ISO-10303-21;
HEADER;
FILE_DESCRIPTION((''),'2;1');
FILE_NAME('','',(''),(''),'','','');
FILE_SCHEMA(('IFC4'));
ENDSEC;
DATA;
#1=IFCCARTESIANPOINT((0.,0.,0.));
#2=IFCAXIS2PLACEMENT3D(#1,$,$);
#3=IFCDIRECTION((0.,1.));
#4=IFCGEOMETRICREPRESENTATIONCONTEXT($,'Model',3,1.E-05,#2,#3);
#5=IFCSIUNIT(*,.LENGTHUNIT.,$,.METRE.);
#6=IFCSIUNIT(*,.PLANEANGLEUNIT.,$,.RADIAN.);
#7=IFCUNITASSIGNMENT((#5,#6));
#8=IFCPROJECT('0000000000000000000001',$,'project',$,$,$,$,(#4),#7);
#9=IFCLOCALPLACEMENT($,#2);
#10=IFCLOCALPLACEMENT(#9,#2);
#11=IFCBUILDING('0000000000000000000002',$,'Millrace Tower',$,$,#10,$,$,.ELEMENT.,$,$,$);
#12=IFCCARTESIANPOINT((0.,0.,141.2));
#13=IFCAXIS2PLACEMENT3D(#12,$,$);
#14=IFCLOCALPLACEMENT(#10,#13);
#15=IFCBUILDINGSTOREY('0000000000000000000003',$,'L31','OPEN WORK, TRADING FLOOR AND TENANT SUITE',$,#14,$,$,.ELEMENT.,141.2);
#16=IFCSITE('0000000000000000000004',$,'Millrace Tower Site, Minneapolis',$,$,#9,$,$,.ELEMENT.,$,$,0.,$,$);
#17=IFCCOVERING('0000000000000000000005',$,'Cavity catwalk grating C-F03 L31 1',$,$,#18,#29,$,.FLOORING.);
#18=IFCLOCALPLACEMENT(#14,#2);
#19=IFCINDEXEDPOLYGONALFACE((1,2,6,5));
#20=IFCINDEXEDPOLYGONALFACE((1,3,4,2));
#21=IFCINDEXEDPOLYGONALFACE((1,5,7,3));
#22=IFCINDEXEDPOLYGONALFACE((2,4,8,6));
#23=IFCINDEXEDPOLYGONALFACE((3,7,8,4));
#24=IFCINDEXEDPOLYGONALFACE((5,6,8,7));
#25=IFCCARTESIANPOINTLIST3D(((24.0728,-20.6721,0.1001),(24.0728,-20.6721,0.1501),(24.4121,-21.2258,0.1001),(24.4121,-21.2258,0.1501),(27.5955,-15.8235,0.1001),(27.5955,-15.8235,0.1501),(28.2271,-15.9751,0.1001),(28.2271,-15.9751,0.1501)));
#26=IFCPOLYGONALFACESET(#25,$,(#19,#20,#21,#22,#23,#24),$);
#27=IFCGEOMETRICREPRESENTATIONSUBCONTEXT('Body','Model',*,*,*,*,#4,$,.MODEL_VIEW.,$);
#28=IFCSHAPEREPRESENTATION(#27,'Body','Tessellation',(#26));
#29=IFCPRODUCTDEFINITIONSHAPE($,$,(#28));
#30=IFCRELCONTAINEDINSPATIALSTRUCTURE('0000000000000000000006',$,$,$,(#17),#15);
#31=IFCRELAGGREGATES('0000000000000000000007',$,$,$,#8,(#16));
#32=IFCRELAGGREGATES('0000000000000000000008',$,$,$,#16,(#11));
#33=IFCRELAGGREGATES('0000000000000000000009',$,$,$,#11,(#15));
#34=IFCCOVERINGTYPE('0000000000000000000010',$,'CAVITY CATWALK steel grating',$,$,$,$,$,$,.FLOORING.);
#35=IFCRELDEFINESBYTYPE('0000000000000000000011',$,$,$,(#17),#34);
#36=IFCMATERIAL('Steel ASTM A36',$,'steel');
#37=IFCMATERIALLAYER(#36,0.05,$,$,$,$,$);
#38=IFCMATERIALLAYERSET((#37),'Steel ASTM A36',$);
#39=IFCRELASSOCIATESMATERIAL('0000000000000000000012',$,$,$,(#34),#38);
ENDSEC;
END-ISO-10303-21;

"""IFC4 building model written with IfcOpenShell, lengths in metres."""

from ifc_helpers import new_model, si_unit, direction, frame, origin, place, context, subcontext, project, spatial, polyline, outline, extrude, material, layer, layer_set, type_object, element, save


model = new_model("IFC4")

# Units and contexts
model_context = context("Model", 3, precision=1e-05, world=origin(), true_north=direction((0.0, 1.0)))
body_context = subcontext(model_context, "Body", "Model", "MODEL_VIEW")
ifc_project = project(units=[si_unit("LENGTHUNIT", "METRE"), si_unit("PLANEANGLEUNIT", "RADIAN")], contexts=[model_context])

# Site, building, storey
site_placement = place(None, origin())
site = spatial("IfcSite", under=ifc_project, at=site_placement, Name="Millrace Tower Site, Minneapolis", CompositionType="ELEMENT", RefElevation=0.0)
building_placement = place(site_placement, origin())
building = spatial("IfcBuilding", under=site, at=building_placement, Name="Millrace Tower", CompositionType="ELEMENT")
storey_placement = place(building_placement, frame((0.0, 0.0, 141.2)))
storey = spatial("IfcBuildingStorey", under=building, at=storey_placement, Name="L31", Description="OPEN WORK, TRADING FLOOR AND TENANT SUITE", CompositionType="ELEMENT", Elevation=141.2)

# Covering
ifc_material_1 = material(Name="Steel ASTM A36", Category="steel")
ifc_layer_1 = layer(ifc_material_1, 0.05)
ifc_layer_set_1 = layer_set([ifc_layer_1], Name="Steel ASTM A36")
covering_type = type_object("IfcCoveringType", Name="CAVITY CATWALK steel grating", PredefinedType="FLOORING", material=ifc_layer_set_1)
placement_1 = place(storey_placement, frame((0.0, 0.0, 0.1001)))
element("IfcCovering", 1, at=placement_1, inside=storey, type_object=covering_type, Name="Cavity catwalk grating C-F03 L31 1", PredefinedType="FLOORING", context=body_context, shape_type="SweptSolid", body=[
    extrude(outline(polyline([(24.4121, -21.2258), (28.2271, -15.9751), (27.5955, -15.8235), (24.0728, -20.6721), (24.4121, -21.2258)])), origin(), (0.0, 0.0, 1.0), 0.05),
])

save(model, "model.ifc")
